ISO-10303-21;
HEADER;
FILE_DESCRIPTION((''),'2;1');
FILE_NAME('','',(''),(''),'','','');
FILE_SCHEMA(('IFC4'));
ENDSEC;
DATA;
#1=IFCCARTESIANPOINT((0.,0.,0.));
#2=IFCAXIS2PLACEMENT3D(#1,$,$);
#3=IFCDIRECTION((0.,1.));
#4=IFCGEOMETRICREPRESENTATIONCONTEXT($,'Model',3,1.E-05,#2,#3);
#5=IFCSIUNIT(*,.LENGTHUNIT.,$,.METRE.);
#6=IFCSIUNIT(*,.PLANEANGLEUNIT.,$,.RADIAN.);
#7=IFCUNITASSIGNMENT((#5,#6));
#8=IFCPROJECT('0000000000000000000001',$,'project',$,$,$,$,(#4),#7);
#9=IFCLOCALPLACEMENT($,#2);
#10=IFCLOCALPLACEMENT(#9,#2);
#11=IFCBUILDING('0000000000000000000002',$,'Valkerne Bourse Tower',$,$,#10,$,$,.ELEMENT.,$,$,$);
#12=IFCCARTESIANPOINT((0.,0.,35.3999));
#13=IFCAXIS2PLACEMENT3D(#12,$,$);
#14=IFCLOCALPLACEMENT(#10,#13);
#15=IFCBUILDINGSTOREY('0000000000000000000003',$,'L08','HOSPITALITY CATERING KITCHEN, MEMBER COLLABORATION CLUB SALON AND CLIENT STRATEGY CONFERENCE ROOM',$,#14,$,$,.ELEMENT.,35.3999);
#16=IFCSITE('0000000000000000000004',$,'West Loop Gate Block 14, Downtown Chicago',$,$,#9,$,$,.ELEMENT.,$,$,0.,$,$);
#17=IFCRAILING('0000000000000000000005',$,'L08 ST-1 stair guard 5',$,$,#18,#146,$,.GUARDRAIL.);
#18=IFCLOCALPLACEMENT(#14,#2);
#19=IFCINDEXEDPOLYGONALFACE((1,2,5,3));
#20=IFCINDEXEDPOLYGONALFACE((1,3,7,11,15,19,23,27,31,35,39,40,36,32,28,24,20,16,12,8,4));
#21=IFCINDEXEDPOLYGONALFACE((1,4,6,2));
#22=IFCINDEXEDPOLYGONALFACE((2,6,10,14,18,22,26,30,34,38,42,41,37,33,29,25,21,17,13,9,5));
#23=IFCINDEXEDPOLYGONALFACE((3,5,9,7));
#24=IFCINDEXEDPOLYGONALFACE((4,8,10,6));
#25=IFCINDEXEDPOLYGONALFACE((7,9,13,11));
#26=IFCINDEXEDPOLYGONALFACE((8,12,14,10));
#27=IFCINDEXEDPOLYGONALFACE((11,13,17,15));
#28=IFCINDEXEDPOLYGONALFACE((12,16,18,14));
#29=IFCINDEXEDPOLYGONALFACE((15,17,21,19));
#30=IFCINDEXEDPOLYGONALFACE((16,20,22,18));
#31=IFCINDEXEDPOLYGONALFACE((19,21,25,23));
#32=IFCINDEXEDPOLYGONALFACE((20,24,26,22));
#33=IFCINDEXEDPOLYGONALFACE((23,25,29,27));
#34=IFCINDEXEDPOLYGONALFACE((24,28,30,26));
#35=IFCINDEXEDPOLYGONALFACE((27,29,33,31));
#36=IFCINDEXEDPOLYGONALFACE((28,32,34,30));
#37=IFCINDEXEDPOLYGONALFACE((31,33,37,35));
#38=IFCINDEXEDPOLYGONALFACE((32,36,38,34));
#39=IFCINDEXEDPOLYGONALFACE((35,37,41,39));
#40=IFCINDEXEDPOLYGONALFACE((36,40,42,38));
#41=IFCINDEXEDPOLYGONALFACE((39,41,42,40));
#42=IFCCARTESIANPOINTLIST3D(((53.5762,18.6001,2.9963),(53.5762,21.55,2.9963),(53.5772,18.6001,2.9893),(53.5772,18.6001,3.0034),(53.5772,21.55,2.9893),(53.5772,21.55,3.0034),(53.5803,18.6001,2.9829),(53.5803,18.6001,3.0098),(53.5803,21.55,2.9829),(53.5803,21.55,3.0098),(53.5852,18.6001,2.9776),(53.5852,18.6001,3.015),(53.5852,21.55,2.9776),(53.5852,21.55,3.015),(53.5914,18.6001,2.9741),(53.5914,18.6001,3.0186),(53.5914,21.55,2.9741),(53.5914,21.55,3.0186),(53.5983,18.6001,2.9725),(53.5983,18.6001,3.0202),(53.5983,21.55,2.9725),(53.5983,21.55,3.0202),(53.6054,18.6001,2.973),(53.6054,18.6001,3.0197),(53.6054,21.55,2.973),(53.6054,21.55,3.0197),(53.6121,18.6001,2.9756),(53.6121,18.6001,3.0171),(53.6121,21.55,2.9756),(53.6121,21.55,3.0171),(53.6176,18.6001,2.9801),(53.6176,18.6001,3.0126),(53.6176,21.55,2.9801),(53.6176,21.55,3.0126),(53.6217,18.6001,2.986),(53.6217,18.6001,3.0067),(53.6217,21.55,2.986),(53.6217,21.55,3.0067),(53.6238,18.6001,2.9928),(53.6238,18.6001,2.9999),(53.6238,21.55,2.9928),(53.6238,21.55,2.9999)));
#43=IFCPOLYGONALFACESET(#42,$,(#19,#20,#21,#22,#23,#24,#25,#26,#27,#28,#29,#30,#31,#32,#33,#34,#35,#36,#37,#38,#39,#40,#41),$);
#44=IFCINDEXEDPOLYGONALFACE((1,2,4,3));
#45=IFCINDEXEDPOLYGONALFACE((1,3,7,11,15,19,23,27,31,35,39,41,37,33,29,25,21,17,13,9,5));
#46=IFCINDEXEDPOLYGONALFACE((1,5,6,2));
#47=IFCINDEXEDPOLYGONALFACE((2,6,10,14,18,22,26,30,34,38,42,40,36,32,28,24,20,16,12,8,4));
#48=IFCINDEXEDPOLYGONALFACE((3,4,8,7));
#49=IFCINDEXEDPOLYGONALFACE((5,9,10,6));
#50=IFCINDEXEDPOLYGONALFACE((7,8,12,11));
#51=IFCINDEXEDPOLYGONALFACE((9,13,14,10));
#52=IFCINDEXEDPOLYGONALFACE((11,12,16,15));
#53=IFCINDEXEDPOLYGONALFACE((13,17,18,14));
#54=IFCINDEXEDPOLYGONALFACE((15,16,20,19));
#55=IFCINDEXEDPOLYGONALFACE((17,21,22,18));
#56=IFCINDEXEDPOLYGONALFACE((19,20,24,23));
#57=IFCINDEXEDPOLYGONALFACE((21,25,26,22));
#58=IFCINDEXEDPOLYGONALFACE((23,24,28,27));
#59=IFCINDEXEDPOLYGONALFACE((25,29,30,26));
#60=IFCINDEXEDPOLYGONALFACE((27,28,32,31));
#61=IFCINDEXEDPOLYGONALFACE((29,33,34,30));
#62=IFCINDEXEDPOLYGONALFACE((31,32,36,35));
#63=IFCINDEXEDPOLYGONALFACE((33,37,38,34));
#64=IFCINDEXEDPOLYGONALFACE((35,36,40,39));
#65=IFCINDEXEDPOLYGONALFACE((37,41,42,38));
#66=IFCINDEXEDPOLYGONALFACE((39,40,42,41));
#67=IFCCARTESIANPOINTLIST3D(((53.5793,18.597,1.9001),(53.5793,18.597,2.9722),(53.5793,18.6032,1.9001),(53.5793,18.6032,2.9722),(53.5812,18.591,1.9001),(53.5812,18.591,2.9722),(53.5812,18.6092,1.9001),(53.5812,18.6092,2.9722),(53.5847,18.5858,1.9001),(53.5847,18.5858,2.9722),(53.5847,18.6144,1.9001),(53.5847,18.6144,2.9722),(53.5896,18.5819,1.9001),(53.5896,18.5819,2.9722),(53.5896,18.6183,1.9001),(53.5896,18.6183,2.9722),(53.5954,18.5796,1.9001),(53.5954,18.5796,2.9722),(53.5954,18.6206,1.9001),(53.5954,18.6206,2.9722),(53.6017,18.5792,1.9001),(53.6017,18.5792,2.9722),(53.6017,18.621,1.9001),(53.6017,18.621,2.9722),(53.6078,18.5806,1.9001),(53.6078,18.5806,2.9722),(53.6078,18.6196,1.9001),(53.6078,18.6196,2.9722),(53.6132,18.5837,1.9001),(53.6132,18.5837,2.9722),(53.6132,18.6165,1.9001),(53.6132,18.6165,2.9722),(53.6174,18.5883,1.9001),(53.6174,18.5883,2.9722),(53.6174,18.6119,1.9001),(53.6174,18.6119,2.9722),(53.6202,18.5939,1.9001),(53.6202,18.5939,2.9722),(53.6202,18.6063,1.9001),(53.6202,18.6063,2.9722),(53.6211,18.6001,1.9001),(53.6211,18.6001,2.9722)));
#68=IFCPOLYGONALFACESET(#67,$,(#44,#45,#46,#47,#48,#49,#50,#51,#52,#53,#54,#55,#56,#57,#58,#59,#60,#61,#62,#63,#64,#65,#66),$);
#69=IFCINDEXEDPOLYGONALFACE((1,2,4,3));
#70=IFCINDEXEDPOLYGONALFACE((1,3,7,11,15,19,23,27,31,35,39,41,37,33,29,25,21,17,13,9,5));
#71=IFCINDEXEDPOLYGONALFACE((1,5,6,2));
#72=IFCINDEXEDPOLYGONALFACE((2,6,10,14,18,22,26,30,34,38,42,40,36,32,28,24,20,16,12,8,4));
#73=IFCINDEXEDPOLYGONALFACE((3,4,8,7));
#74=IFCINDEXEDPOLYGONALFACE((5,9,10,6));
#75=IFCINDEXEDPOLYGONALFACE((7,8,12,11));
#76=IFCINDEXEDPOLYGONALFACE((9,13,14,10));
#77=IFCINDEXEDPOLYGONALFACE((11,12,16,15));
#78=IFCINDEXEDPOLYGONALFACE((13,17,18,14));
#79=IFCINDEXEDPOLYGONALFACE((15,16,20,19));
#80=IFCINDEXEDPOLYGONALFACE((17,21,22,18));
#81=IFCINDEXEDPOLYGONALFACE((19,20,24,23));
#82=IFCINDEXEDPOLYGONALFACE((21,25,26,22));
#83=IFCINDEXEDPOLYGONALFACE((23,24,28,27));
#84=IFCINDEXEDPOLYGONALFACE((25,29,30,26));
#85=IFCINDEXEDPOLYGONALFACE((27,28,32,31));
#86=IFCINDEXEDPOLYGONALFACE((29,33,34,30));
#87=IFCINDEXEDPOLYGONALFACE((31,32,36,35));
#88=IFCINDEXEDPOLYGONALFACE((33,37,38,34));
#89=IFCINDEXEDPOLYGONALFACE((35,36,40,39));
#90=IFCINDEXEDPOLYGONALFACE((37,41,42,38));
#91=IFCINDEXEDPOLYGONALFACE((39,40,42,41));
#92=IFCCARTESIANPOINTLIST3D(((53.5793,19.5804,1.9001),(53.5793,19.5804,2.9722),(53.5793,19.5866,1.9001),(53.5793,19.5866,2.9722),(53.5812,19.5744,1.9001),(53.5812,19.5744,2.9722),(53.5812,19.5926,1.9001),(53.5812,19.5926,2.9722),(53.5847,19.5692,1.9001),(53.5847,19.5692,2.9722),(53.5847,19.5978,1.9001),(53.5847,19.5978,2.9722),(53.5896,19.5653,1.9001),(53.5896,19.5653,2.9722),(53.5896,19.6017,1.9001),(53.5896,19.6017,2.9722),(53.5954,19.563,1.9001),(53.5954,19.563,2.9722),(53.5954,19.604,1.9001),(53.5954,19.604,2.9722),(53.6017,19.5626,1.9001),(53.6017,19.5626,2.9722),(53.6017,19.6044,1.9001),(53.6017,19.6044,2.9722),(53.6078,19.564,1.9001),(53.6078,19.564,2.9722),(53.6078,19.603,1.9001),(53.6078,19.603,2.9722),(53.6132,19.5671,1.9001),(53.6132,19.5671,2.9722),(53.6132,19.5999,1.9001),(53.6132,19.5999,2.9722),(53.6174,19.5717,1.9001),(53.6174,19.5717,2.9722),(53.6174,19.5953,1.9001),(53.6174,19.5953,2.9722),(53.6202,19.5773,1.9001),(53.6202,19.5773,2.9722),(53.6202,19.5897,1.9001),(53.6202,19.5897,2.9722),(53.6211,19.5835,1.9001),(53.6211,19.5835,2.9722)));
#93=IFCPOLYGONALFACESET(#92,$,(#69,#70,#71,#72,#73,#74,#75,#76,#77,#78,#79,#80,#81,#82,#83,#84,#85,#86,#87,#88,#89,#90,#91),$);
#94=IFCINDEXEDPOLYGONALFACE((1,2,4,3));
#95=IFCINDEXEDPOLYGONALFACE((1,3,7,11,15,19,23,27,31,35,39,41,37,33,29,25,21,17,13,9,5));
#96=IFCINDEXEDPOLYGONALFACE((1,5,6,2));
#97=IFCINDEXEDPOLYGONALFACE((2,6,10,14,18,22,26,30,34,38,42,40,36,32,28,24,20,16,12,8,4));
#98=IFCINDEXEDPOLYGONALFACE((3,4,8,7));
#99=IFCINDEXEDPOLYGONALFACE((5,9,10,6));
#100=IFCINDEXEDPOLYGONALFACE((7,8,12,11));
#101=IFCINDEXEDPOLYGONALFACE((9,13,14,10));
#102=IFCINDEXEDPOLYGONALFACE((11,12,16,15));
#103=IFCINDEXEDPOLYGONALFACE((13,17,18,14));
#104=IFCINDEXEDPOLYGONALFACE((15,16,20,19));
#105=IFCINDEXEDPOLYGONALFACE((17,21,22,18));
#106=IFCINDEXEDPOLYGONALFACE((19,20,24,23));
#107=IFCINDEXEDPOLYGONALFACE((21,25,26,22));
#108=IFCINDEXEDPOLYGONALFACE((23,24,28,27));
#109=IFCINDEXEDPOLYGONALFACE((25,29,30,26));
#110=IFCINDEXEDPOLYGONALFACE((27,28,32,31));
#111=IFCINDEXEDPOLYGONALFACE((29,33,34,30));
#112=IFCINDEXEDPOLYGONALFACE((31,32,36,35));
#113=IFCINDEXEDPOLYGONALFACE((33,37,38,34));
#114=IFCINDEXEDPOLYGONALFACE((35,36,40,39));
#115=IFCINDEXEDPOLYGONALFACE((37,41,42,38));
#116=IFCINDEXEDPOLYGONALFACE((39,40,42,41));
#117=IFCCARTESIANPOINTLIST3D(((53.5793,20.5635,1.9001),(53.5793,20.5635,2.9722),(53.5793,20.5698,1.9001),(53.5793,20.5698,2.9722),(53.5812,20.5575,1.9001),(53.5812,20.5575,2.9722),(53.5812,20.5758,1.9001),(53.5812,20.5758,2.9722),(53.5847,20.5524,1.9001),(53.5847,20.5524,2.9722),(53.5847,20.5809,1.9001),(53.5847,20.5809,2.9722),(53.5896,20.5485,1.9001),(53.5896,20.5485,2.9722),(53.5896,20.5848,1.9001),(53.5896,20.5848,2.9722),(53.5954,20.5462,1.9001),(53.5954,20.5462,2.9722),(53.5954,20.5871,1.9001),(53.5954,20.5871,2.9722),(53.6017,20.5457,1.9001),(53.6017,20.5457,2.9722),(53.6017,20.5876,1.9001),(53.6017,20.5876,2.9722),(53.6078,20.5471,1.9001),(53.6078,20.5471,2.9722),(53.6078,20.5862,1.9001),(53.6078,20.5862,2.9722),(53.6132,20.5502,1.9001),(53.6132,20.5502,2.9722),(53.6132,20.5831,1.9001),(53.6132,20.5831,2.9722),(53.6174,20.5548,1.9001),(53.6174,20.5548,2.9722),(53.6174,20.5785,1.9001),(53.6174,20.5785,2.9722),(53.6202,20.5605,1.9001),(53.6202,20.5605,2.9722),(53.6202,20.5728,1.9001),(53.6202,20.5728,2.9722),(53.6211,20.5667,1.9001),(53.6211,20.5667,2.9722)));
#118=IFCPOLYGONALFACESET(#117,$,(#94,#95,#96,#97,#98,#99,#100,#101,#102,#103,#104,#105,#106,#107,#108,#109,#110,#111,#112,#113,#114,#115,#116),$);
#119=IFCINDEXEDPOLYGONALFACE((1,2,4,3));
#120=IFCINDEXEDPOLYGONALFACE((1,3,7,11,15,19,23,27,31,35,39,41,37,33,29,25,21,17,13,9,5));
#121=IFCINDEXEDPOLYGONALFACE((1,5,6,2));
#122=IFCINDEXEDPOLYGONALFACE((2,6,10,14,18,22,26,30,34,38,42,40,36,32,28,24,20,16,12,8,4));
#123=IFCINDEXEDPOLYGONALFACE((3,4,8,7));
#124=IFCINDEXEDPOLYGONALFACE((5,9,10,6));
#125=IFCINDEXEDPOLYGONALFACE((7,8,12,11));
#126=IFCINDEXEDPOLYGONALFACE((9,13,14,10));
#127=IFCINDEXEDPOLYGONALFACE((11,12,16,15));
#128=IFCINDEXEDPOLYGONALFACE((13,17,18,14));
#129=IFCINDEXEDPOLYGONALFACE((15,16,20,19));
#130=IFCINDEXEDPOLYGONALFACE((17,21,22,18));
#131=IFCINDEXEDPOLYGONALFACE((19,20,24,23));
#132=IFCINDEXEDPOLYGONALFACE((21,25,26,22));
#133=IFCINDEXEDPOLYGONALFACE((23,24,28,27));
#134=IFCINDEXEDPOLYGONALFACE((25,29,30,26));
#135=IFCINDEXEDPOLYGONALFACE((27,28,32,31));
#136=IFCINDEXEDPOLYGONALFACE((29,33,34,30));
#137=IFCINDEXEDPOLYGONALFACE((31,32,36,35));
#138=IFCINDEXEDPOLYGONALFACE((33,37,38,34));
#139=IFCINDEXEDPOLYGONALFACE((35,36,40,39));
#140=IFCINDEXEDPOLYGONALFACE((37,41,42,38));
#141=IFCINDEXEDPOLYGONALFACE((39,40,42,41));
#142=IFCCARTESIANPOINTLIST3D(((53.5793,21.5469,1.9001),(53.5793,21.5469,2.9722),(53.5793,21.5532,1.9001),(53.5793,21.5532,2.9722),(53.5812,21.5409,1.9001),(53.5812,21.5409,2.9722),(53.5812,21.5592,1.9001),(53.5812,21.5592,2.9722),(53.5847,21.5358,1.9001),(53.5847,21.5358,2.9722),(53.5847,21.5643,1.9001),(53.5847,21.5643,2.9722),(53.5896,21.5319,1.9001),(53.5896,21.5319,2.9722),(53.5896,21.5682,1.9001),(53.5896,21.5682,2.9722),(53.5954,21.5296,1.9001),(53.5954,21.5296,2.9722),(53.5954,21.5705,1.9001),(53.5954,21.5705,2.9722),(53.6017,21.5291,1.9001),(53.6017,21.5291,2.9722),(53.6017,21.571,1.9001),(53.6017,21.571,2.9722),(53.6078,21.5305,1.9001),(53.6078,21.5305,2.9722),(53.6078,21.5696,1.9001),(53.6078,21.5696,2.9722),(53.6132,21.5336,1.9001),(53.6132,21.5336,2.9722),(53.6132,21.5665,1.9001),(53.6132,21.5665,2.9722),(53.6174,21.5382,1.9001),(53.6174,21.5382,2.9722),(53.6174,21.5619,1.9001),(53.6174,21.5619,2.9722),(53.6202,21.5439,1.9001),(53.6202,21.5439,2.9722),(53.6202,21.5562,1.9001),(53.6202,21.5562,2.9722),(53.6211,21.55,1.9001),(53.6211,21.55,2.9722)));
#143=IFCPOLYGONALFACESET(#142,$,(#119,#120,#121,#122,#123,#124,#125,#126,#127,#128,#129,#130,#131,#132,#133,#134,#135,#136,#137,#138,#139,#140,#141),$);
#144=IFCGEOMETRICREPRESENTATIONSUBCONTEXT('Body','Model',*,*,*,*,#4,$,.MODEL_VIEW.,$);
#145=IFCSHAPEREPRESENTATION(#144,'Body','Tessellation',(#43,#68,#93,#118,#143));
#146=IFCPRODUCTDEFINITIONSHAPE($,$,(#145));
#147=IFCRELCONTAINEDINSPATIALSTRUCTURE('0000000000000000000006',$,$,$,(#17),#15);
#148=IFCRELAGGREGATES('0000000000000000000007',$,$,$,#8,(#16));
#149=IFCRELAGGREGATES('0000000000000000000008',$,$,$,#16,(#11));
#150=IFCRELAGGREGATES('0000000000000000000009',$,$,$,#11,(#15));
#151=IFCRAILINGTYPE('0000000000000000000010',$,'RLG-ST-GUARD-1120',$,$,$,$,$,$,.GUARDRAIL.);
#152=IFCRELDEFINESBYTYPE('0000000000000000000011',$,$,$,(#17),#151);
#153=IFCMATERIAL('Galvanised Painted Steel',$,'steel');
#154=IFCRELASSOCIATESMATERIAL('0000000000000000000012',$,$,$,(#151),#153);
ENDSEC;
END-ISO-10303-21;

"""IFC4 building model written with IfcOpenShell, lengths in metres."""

from ifc_helpers import new_model, si_unit, direction, frame, origin, origin_2d, place, context, subcontext, project, spatial, circle, extrude, material, type_object, element, save


model = new_model("IFC4")

# Units and contexts
model_context = context("Model", 3, precision=1e-05, world=origin(), true_north=direction((0.0, 1.0)))
body_context = subcontext(model_context, "Body", "Model", "MODEL_VIEW")
ifc_project = project(units=[si_unit("LENGTHUNIT", "METRE"), si_unit("PLANEANGLEUNIT", "RADIAN")], contexts=[model_context])

# Site, building, storey
site_placement = place(None, origin())
site = spatial("IfcSite", under=ifc_project, at=site_placement, Name="West Loop Gate Block 14, Downtown Chicago", CompositionType="ELEMENT", RefElevation=0.0)
building_placement = place(site_placement, origin())
building = spatial("IfcBuilding", under=site, at=building_placement, Name="Valkerne Bourse Tower", CompositionType="ELEMENT")
storey_placement = place(building_placement, frame((0.0, 0.0, 35.3999)))
storey = spatial("IfcBuildingStorey", under=building, at=storey_placement, Name="L08", Description="HOSPITALITY CATERING KITCHEN, MEMBER COLLABORATION CLUB SALON AND CLIENT STRATEGY CONFERENCE ROOM", CompositionType="ELEMENT", Elevation=35.3999)

# Shared definitions
ifc_material_1 = material(Name="Galvanised Painted Steel", Category="steel")

# Railing
railing_type_1 = type_object("IfcRailingType", Name="RLG-ST-GUARD-1120", PredefinedType="GUARDRAIL", material=ifc_material_1)
railing_1_placement = place(storey_placement, frame((53.6001, 18.6001, 1.9001)))
element("IfcRailing", 1, at=railing_1_placement, inside=storey, type_object=railing_type_1, Name="L08 ST-1 stair guard 5", PredefinedType="GUARDRAIL", context=body_context, shape_type="SweptSolid", body=[
    extrude(circle(Radius=0.0239, at=origin_2d()), frame((0.0, 0.0, 1.0962), z_axis=(0.0, 1.0, 0.0), x_axis=(-1.0, 0.0, 0.0)), (0.0, 0.0, 1.0), 2.95),
    extrude(circle(Radius=0.021, at=origin_2d()), origin(), (0.0, 0.0, 1.0), 1.072),
    extrude(circle(Radius=0.021, at=origin_2d()), frame((0.0, 0.9834, 0.0)), (0.0, 0.0, 1.0), 1.072),
    extrude(circle(Radius=0.021, at=origin_2d()), frame((0.0, 1.9666, 0.0)), (0.0, 0.0, 1.0), 1.072),
    extrude(circle(Radius=0.021, at=origin_2d()), frame((0.0, 2.95, 0.0)), (0.0, 0.0, 1.0), 1.072),
])

save(model, "model.ifc")
